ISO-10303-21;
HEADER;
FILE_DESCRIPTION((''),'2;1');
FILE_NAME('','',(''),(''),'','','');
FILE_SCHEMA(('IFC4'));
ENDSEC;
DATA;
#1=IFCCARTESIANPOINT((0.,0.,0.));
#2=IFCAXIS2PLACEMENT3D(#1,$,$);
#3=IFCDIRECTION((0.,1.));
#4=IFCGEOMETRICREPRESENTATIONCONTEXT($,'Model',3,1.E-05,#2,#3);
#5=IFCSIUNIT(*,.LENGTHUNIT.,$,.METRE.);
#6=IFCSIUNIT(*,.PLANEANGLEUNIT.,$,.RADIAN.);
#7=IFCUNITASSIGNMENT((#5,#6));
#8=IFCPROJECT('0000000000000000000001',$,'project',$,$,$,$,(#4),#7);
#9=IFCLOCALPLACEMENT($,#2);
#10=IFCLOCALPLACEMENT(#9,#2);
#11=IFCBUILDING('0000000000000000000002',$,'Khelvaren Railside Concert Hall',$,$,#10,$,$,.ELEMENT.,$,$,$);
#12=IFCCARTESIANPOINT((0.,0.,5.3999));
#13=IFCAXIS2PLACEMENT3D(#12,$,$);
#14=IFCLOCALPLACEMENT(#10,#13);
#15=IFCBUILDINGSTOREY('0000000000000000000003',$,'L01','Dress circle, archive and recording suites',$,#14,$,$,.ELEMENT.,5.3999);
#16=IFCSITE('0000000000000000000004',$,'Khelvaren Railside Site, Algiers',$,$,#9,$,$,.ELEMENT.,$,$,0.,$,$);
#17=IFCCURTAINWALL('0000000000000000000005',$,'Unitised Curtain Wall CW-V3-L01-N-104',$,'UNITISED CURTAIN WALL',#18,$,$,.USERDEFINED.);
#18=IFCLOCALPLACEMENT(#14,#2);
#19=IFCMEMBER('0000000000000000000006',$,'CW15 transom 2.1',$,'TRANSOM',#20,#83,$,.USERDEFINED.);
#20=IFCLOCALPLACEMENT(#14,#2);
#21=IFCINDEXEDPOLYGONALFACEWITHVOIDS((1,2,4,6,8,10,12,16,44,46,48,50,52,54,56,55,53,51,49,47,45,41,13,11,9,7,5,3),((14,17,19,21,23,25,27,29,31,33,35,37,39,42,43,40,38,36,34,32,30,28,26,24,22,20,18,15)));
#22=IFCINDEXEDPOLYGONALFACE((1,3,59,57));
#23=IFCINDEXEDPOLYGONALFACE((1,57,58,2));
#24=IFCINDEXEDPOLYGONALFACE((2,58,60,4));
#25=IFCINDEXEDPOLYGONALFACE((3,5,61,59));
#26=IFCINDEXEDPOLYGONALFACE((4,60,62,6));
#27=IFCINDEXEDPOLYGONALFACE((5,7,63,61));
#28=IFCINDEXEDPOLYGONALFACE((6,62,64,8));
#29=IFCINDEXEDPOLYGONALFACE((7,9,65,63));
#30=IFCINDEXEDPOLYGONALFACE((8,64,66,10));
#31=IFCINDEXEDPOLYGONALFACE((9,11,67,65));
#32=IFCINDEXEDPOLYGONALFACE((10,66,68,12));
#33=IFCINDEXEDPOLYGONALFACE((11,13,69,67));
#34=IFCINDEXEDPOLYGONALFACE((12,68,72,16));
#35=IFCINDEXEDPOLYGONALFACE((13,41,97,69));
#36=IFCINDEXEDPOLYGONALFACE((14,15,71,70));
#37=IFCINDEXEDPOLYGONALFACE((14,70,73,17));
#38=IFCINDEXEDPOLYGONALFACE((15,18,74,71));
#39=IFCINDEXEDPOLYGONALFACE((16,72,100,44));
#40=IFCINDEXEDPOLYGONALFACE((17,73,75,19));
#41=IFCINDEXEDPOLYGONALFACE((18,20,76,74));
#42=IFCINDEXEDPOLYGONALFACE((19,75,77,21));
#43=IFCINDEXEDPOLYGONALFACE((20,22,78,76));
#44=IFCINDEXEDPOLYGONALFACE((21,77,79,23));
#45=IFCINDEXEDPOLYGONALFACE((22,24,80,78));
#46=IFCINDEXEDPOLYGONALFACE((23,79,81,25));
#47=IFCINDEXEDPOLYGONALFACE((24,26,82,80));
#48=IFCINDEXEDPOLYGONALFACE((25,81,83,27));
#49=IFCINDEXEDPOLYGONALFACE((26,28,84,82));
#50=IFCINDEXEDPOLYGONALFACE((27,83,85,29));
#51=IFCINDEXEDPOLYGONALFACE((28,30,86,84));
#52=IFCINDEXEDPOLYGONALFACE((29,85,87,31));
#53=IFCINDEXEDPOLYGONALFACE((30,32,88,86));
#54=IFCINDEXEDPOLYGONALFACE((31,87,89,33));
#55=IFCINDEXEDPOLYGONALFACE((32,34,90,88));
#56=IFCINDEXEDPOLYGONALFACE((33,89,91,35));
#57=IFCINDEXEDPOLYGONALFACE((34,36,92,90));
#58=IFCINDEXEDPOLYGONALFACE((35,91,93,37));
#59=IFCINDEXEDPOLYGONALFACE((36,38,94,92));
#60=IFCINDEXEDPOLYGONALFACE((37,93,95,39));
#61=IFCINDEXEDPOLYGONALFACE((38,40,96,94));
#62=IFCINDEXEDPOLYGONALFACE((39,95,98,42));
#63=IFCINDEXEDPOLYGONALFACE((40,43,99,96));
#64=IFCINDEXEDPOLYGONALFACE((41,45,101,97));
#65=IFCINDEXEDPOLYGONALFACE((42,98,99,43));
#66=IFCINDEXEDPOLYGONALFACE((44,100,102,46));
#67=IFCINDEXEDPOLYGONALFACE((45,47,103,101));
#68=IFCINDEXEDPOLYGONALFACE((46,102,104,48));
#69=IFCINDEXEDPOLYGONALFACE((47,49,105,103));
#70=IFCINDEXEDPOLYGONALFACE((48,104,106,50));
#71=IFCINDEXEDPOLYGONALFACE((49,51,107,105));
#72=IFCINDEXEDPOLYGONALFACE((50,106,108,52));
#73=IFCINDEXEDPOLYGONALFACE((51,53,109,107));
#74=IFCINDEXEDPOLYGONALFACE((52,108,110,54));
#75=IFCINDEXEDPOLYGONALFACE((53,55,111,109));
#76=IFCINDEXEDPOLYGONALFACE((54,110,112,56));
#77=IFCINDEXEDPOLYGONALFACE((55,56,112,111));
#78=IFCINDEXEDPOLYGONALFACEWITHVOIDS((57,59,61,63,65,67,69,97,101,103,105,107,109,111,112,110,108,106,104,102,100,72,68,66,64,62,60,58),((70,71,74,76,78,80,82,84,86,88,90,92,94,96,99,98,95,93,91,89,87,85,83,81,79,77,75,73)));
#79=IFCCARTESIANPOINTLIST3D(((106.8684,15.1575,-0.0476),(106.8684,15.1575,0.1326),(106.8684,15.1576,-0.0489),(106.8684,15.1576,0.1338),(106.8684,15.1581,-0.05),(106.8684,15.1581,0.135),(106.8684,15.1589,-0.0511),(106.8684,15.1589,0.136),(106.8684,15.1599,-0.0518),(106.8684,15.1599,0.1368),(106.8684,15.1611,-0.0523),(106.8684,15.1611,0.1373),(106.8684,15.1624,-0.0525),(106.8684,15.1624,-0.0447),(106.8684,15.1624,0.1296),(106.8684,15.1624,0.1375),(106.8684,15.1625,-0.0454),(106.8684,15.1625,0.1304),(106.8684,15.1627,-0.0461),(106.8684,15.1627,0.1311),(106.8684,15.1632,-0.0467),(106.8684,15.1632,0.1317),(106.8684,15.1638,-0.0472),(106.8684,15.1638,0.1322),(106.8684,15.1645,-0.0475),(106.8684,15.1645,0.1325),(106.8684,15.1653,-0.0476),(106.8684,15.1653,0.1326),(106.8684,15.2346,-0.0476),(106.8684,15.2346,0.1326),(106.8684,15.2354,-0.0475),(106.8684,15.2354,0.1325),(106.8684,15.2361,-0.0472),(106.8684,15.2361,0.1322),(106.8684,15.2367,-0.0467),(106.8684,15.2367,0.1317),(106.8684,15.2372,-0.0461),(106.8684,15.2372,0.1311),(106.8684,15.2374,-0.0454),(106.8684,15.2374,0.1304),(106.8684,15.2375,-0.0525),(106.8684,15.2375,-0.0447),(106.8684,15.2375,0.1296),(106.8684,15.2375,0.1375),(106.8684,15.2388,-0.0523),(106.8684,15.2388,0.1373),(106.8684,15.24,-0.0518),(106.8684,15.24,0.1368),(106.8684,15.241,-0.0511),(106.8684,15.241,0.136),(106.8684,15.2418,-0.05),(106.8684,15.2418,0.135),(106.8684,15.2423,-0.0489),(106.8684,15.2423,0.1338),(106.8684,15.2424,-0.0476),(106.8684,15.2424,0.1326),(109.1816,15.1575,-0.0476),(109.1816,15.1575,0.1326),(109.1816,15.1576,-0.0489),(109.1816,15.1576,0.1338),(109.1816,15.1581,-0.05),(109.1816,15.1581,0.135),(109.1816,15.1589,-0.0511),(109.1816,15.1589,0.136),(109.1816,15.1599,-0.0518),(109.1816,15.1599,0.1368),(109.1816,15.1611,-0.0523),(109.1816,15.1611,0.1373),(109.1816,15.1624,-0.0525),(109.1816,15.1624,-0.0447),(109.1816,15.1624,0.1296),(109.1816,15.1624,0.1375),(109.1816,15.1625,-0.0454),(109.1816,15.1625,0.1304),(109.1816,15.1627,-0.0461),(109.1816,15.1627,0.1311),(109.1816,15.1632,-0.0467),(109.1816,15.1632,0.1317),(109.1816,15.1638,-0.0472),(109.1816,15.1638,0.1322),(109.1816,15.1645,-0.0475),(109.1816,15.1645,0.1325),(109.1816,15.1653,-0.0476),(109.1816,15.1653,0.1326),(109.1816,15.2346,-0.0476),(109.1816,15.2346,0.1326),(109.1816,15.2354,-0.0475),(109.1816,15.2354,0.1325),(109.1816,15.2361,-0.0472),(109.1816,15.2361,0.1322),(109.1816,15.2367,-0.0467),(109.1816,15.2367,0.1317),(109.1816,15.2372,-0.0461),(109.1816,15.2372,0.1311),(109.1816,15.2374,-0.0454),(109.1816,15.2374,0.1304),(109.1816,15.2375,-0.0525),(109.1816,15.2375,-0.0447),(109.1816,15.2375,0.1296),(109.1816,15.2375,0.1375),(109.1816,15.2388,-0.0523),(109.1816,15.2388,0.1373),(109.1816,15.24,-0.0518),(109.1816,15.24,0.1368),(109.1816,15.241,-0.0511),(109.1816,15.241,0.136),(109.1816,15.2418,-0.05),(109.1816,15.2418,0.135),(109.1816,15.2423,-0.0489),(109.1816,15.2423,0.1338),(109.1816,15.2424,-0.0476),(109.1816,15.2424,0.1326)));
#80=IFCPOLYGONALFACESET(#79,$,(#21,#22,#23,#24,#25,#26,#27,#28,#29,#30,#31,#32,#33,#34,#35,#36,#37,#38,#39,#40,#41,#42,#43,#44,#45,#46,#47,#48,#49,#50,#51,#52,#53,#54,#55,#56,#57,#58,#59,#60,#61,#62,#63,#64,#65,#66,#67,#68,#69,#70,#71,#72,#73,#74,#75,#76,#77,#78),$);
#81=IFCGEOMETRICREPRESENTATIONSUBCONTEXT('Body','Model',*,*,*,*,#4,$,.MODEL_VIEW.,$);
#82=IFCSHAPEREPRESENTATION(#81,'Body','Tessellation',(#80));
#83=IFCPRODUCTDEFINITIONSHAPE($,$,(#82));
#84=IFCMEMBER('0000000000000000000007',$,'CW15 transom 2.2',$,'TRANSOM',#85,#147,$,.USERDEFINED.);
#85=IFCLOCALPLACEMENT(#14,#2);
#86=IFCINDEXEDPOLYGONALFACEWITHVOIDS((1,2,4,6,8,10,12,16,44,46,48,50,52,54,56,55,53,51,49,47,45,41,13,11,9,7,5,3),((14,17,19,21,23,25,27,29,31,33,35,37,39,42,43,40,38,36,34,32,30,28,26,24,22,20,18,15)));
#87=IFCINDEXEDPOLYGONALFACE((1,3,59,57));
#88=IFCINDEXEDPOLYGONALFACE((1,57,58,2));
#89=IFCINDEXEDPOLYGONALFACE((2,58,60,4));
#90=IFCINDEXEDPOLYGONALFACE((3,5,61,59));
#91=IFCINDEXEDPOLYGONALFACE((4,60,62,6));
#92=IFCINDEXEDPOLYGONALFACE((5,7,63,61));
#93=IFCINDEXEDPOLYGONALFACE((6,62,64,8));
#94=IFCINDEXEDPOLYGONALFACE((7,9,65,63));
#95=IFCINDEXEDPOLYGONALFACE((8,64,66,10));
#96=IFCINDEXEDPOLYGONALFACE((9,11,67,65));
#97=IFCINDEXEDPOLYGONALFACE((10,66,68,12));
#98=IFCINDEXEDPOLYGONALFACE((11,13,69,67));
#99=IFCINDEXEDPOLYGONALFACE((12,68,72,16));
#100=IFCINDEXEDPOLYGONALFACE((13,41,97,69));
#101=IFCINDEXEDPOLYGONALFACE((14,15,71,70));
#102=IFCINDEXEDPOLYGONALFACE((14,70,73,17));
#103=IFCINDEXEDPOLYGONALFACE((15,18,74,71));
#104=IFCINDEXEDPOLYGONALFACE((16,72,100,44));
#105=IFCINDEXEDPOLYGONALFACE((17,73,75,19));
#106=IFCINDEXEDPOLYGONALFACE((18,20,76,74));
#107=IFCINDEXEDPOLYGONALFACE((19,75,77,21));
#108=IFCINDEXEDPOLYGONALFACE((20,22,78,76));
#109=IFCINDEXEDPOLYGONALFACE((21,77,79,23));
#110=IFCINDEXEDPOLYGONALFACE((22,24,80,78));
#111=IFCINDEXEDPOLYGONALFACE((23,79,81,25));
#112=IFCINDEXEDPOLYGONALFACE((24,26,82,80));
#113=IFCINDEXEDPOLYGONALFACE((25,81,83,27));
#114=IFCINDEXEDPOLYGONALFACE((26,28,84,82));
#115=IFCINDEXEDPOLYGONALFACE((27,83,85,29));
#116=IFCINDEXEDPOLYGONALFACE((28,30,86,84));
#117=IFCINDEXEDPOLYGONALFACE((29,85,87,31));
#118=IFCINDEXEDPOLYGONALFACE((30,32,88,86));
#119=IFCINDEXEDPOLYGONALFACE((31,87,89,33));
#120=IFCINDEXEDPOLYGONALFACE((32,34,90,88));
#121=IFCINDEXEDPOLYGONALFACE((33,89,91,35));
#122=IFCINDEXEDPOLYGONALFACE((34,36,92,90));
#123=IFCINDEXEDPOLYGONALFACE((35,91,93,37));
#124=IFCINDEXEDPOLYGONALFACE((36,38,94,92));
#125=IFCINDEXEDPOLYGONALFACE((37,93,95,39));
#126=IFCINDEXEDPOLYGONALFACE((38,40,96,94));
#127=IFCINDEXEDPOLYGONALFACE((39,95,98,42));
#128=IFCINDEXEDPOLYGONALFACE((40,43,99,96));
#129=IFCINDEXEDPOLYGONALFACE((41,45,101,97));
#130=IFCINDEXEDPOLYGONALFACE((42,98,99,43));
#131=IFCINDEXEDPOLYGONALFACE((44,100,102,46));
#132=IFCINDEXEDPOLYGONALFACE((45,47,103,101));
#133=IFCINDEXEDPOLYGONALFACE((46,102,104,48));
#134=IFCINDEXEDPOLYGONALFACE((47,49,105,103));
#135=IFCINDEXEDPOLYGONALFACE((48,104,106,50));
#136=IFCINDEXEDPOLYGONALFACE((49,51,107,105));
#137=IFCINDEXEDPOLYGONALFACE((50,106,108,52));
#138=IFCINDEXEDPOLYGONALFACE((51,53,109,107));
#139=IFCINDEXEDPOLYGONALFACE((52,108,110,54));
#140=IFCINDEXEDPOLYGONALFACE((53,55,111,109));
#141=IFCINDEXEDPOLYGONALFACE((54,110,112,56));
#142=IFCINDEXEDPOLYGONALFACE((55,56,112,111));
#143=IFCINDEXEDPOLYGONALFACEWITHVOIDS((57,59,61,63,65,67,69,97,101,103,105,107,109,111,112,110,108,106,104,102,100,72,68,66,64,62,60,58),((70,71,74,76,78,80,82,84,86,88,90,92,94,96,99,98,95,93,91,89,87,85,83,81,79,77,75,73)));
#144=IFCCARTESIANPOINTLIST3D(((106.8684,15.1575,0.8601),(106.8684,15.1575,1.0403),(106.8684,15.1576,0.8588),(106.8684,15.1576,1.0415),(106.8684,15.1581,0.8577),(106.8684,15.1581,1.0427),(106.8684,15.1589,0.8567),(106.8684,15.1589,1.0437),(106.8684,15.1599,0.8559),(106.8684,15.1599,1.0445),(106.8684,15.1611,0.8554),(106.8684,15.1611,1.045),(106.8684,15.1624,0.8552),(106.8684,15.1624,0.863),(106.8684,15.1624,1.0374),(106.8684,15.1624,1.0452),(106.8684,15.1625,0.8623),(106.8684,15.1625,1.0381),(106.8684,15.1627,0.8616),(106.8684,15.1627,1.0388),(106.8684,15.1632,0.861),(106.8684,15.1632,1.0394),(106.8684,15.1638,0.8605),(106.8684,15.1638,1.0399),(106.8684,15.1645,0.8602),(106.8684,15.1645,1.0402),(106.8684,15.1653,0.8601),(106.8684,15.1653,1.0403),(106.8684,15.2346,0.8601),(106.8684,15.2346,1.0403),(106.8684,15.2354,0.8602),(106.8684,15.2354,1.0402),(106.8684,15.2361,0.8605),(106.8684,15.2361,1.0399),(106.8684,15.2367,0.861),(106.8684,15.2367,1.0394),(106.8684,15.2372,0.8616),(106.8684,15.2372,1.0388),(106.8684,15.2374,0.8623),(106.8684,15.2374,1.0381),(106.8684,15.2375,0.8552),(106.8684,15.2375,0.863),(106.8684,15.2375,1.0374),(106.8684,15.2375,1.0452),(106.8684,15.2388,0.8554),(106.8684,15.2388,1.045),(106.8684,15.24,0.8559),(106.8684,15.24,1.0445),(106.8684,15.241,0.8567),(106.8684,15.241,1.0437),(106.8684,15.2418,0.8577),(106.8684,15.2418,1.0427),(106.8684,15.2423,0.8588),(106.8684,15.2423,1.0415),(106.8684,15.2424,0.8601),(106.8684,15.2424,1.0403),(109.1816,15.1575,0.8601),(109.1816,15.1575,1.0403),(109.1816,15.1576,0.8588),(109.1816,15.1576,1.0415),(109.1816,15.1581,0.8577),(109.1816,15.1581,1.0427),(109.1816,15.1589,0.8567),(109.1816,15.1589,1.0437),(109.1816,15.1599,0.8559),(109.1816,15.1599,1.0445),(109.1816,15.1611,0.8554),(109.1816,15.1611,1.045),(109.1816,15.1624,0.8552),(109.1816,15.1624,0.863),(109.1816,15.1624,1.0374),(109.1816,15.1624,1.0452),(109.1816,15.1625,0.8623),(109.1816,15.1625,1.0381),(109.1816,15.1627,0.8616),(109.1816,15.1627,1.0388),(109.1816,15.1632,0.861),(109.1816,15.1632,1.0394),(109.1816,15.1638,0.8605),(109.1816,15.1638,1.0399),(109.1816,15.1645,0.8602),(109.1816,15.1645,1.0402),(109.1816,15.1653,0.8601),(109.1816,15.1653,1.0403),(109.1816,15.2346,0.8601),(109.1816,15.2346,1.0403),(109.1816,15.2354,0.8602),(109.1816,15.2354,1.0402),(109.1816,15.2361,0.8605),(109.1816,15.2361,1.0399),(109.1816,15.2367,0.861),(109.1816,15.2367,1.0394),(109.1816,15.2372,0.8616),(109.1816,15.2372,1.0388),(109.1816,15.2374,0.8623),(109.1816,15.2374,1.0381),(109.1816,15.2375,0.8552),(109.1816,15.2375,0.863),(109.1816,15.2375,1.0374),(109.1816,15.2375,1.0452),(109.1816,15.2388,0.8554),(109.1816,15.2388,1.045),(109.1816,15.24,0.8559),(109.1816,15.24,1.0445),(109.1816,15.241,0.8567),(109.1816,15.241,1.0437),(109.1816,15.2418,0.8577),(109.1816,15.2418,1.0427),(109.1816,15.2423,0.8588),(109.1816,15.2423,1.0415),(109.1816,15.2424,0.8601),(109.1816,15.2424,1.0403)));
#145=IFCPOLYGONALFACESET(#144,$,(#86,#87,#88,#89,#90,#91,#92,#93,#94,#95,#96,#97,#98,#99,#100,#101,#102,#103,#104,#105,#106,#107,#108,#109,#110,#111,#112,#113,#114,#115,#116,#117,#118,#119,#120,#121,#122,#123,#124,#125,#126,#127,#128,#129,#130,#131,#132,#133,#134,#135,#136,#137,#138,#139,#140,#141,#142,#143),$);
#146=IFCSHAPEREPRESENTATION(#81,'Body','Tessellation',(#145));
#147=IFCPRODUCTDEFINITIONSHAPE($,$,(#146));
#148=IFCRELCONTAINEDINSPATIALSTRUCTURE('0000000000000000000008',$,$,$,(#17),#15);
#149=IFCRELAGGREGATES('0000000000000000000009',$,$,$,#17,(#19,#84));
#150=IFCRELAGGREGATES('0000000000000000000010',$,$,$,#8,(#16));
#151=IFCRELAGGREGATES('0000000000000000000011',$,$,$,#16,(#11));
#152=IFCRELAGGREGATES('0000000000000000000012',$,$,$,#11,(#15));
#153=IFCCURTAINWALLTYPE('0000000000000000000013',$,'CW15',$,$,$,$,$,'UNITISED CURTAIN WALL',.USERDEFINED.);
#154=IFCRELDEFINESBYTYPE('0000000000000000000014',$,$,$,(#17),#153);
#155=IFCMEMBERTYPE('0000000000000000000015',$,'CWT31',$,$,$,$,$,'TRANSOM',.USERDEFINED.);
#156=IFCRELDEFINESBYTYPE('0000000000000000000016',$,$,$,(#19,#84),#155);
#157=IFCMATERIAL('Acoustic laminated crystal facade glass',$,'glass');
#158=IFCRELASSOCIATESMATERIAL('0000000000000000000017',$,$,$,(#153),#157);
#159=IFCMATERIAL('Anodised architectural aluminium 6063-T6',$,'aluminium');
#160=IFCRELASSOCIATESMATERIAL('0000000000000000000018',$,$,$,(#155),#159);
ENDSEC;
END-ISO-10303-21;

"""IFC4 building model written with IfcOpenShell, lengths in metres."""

from ifc_helpers import new_model, si_unit, direction, frame, origin, origin_2d, place, context, subcontext, project, spatial, hollow_rectangle, extrude, material, material_profile, profile_set, type_object, element, aggregate, save


model = new_model("IFC4")

# Units and contexts
model_context = context("Model", 3, precision=1e-05, world=origin(), true_north=direction((0.0, 1.0)))
body_context = subcontext(model_context, "Body", "Model", "MODEL_VIEW")
ifc_project = project(units=[si_unit("LENGTHUNIT", "METRE"), si_unit("PLANEANGLEUNIT", "RADIAN")], contexts=[model_context])

# Site, building, storey
site_placement = place(None, origin())
site = spatial("IfcSite", under=ifc_project, at=site_placement, Name="Khelvaren Railside Site, Algiers", CompositionType="ELEMENT", RefElevation=0.0)
building_placement = place(site_placement, origin())
building = spatial("IfcBuilding", under=site, at=building_placement, Name="Khelvaren Railside Concert Hall", CompositionType="ELEMENT")
storey_placement = place(building_placement, frame((0.0, 0.0, 5.3999)))
storey = spatial("IfcBuildingStorey", under=building, at=storey_placement, Name="L01", Description="Dress circle, archive and recording suites", CompositionType="ELEMENT", Elevation=5.3999)

# Curtain wall, members
ifc_material_1 = material(Name="Acoustic laminated crystal facade glass", Category="glass")
curtain_wall_type = type_object("IfcCurtainWallType", Name="CW15", ElementType="UNITISED CURTAIN WALL", PredefinedType="USERDEFINED", material=ifc_material_1)
curtain_wall_placement = place(storey_placement, origin())
curtain_wall = element("IfcCurtainWall", 1, at=curtain_wall_placement, inside=storey, type_object=curtain_wall_type, Name="Unitised Curtain Wall CW-V3-L01-N-104", ObjectType="UNITISED CURTAIN WALL", PredefinedType="USERDEFINED")
ifc_material_2 = material(Name="Anodised architectural aluminium 6063-T6", Category="aluminium")
ifc_material_profile_1 = material_profile(ifc_material_2, hollow_rectangle(XDim=0.085, YDim=0.1899, WallThickness=0.0049, InnerFilletRadius=0.0029, OuterFilletRadius=0.0049, at=origin_2d()), Name="CWT 85x190x5")
ifc_profile_set_1 = profile_set([ifc_material_profile_1], Name="Anodised architectural aluminium 6063-T6")
member_type_1 = type_object("IfcMemberType", Name="CWT31", ElementType="TRANSOM", PredefinedType="USERDEFINED", material=ifc_profile_set_1)
member_1_placement = place(storey_placement, frame((106.8684, 15.2, 0.0425), z_axis=(1.0, 0.0, 0.0), x_axis=(0.0, 1.0, 0.0)))
member_1 = element("IfcMember", 2, at=member_1_placement, type_object=member_type_1, Name="CW15 transom 2.1", ObjectType="TRANSOM", PredefinedType="USERDEFINED", context=body_context, shape_type="SweptSolid", body=[
    extrude(hollow_rectangle(XDim=0.085, YDim=0.1899, WallThickness=0.0049, InnerFilletRadius=0.0029, OuterFilletRadius=0.0049, at=origin_2d()), origin(), (0.0, 0.0, 1.0), 2.3132),
])
member_2_placement = place(storey_placement, frame((106.8684, 15.2, 0.9502), z_axis=(1.0, 0.0, 0.0), x_axis=(0.0, 1.0, 0.0)))
member_2 = element("IfcMember", 3, at=member_2_placement, type_object=member_type_1, Name="CW15 transom 2.2", ObjectType="TRANSOM", PredefinedType="USERDEFINED", context=body_context, shape_type="SweptSolid", body=[
    extrude(hollow_rectangle(XDim=0.085, YDim=0.1899, WallThickness=0.0049, InnerFilletRadius=0.0029, OuterFilletRadius=0.0049, at=origin_2d()), origin(), (0.0, 0.0, 1.0), 2.3132),
])

aggregate(curtain_wall, [member_1, member_2])

save(model, "model.ifc")
